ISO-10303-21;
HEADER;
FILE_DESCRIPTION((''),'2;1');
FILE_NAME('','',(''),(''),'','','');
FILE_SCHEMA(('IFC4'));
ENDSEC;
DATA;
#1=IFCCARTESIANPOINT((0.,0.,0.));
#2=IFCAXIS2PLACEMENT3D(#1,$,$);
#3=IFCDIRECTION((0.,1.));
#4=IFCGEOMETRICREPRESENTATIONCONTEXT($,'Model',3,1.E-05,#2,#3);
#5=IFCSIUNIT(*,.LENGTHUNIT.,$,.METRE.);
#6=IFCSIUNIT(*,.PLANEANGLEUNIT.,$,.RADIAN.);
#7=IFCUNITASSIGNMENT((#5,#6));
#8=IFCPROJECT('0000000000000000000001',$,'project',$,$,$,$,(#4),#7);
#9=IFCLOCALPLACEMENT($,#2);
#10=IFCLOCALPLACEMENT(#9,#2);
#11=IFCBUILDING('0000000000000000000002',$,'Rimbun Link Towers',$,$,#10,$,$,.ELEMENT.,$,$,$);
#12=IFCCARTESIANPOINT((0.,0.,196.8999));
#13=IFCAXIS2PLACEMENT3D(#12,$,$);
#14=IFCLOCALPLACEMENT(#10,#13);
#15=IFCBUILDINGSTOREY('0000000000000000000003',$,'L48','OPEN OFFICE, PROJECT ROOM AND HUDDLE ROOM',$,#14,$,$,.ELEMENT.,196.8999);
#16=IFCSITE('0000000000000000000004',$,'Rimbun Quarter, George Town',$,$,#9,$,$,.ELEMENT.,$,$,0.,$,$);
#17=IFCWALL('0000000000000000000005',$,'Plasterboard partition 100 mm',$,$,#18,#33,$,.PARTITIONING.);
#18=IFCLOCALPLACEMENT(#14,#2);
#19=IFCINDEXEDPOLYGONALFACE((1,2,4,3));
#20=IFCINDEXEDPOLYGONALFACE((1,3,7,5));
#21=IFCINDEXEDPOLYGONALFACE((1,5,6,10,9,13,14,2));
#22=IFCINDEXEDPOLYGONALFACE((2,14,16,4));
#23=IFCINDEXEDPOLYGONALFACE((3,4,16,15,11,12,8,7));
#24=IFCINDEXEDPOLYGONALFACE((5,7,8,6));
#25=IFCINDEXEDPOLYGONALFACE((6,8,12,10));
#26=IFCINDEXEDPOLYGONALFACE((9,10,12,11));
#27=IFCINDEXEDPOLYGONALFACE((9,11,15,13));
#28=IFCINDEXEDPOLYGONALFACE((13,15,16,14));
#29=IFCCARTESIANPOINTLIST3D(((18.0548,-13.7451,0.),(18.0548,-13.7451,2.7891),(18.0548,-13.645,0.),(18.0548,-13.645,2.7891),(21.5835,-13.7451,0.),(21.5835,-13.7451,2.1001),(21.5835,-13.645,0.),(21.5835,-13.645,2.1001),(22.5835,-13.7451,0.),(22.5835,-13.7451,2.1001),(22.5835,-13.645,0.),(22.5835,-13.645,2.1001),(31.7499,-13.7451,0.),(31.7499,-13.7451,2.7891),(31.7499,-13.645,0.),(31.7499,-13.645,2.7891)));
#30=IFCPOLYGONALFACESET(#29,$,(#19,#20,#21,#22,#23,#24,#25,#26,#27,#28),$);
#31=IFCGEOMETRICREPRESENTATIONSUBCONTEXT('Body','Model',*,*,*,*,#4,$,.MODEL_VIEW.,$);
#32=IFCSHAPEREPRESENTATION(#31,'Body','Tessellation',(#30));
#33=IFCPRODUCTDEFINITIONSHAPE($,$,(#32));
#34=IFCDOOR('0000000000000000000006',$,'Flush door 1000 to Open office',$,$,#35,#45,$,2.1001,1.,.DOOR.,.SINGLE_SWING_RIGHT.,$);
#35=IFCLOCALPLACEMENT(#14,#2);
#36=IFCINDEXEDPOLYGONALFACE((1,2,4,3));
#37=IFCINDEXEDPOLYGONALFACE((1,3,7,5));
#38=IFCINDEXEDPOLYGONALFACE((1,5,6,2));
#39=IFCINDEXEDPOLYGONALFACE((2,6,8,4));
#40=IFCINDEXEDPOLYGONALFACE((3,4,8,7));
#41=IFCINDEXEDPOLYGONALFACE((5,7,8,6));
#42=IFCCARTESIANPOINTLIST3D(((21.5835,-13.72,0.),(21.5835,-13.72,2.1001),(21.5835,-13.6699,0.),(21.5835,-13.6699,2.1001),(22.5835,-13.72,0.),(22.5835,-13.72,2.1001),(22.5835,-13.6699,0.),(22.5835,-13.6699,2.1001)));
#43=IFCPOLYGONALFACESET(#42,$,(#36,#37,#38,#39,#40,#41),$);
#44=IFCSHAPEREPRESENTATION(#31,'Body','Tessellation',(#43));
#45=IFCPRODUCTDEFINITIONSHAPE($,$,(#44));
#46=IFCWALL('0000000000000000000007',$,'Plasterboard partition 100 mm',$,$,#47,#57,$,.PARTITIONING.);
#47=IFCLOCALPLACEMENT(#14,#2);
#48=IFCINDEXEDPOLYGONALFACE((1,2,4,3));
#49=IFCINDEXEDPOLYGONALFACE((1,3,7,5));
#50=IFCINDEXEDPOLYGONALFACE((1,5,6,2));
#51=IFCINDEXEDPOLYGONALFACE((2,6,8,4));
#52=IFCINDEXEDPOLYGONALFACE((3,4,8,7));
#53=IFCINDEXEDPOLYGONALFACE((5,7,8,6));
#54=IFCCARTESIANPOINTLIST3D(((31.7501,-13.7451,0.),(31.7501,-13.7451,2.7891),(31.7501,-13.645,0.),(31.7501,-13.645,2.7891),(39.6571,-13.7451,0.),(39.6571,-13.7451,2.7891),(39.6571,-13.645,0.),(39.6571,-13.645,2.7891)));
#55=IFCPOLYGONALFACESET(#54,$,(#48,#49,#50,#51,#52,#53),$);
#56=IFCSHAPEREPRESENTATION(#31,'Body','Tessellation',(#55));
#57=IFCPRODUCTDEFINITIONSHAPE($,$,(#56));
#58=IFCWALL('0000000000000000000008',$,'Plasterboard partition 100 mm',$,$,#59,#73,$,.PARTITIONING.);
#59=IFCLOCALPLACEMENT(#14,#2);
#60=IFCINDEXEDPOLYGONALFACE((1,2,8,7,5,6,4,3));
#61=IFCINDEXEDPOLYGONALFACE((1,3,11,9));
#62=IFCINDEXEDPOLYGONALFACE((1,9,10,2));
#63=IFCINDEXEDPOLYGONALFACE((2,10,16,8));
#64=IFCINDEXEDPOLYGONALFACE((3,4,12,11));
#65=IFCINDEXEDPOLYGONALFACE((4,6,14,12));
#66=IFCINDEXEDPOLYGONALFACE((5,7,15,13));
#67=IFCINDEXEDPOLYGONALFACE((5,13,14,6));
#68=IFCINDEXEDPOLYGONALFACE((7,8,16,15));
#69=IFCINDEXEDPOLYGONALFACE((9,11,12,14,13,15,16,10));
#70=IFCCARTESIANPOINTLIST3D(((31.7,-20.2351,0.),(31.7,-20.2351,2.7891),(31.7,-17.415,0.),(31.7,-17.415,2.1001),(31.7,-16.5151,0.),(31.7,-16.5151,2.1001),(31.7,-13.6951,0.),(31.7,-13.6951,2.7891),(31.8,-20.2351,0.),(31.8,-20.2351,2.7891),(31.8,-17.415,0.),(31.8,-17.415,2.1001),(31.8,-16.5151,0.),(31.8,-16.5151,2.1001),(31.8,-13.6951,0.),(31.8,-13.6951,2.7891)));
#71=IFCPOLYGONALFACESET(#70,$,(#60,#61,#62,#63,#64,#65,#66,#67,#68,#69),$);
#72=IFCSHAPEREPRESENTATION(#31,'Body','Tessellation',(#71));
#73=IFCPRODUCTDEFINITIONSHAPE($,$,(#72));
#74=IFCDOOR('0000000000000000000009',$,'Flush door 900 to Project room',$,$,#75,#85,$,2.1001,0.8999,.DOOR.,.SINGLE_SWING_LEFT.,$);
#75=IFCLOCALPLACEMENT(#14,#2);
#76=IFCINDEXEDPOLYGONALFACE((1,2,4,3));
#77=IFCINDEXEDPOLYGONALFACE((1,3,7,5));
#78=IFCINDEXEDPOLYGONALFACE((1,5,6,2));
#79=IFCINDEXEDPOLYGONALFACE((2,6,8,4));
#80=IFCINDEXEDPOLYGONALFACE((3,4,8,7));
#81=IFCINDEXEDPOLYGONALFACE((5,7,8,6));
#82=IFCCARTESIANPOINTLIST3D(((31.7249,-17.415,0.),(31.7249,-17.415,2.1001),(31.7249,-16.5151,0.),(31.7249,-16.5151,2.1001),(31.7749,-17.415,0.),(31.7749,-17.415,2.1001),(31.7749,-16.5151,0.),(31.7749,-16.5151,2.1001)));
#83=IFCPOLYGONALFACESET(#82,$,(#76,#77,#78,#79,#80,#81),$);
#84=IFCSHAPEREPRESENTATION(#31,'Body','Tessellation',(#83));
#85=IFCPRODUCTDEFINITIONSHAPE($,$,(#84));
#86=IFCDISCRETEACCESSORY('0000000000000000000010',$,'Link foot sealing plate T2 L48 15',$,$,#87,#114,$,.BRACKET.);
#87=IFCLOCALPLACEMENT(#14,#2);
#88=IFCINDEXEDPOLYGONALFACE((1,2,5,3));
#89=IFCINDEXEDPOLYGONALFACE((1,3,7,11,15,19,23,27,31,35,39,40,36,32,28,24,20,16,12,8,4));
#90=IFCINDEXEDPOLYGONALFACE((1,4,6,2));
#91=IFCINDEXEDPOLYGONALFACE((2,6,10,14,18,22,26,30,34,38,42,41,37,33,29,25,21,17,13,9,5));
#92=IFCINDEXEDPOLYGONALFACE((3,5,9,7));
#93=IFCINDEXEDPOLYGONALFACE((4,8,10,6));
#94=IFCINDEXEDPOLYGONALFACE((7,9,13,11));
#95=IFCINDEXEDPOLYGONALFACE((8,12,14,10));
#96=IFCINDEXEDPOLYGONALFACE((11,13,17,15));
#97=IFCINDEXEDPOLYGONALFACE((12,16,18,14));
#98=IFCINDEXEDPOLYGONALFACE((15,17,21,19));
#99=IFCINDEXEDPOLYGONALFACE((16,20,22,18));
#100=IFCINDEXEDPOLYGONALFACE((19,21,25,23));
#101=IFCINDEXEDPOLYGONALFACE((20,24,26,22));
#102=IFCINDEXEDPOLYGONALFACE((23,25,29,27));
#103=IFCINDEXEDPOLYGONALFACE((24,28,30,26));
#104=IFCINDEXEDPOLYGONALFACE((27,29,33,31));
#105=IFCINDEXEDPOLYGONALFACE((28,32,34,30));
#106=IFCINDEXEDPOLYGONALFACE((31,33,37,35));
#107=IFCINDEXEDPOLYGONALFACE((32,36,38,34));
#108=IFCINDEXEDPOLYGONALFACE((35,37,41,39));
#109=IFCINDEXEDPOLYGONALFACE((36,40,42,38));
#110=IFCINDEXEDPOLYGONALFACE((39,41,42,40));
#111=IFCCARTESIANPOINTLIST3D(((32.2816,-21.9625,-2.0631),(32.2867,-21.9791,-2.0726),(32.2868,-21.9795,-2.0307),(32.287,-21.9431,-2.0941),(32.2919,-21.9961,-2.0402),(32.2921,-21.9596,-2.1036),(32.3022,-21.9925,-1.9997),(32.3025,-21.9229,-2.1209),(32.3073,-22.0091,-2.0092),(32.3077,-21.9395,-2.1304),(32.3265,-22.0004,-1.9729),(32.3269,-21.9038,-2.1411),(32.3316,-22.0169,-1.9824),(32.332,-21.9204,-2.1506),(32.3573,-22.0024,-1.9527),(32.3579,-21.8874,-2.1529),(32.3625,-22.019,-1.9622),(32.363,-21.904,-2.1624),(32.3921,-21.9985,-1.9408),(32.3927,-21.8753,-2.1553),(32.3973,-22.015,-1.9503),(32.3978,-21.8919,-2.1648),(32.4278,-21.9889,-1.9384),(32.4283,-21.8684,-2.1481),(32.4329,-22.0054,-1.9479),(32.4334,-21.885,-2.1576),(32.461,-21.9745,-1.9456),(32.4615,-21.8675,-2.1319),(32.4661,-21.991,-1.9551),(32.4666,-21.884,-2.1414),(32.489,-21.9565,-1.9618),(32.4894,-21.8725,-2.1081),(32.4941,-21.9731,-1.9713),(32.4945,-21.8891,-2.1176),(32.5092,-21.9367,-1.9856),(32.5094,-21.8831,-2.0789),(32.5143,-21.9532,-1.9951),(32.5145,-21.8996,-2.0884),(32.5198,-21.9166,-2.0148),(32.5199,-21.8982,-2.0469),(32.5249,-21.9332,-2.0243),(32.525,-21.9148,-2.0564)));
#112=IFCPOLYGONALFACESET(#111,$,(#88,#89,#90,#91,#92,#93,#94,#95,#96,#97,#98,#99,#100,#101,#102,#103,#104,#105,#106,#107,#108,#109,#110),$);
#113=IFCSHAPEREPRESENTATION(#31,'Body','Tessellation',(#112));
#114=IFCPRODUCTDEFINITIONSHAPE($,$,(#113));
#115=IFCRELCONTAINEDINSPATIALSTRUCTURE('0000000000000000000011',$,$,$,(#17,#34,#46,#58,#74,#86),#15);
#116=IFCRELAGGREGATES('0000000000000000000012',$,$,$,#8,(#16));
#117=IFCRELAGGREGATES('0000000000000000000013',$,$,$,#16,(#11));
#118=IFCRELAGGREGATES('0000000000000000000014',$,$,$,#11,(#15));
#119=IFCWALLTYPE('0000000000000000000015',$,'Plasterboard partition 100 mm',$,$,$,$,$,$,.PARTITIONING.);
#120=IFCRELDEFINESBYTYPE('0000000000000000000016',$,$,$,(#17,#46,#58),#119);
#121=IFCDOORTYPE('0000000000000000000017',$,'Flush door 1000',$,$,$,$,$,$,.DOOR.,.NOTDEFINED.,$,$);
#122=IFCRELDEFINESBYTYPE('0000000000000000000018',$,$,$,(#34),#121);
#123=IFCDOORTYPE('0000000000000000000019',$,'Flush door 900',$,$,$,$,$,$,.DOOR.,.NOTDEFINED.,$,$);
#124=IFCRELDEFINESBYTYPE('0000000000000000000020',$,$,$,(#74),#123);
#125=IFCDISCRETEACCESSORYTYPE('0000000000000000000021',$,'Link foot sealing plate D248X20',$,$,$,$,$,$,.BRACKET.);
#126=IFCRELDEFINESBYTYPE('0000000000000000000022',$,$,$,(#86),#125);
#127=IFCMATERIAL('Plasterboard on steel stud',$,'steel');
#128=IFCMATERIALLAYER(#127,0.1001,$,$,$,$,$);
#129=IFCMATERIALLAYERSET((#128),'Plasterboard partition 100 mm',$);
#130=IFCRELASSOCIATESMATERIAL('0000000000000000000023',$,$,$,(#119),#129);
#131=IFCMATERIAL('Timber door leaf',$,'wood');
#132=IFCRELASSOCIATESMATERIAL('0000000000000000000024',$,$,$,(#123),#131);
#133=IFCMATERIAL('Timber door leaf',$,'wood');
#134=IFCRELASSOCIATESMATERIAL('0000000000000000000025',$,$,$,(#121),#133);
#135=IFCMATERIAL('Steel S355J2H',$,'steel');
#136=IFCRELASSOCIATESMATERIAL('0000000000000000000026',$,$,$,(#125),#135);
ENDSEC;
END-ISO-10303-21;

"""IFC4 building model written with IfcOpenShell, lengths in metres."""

from ifc_helpers import new_model, si_unit, direction, frame, frame_2d, origin, origin_2d, place, context, subcontext, project, spatial, rectangle, circle, extrude, material, layer, layer_set, material_profile, profile_set, type_object, element, fill, save


model = new_model("IFC4")

# Units and contexts
model_context = context("Model", 3, precision=1e-05, world=origin(), true_north=direction((0.0, 1.0)))
body_context = subcontext(model_context, "Body", "Model", "MODEL_VIEW")
ifc_project = project(units=[si_unit("LENGTHUNIT", "METRE"), si_unit("PLANEANGLEUNIT", "RADIAN")], contexts=[model_context])

# Site, building, storey
site_placement = place(None, origin())
site = spatial("IfcSite", under=ifc_project, at=site_placement, Name="Rimbun Quarter, George Town", CompositionType="ELEMENT", RefElevation=0.0)
building_placement = place(site_placement, origin())
building = spatial("IfcBuilding", under=site, at=building_placement, Name="Rimbun Link Towers", CompositionType="ELEMENT")
storey_placement = place(building_placement, frame((0.0, 0.0, 196.8999)))
storey = spatial("IfcBuildingStorey", under=building, at=storey_placement, Name="L48", Description="OPEN OFFICE, PROJECT ROOM AND HUDDLE ROOM", CompositionType="ELEMENT", Elevation=196.8999)

# Wall, opening, door
ifc_material_1 = material(Name="Plasterboard on steel stud", Category="steel")
ifc_layer_1 = layer(ifc_material_1, 0.1001)
ifc_layer_set_1 = layer_set([ifc_layer_1], Name="Plasterboard partition 100 mm")
wall_type = type_object("IfcWallType", Name="Plasterboard partition 100 mm", PredefinedType="PARTITIONING", material=ifc_layer_set_1)
ifc_material_2 = material(Name="Timber door leaf", Category="wood")
door_type_1 = type_object("IfcDoorType", Name="Flush door 900", OperationType="NOTDEFINED", PredefinedType="DOOR", material=ifc_material_2)
wall_1_placement = place(storey_placement, frame((31.75, -13.6951, 0.0), z_axis=(0.0, 0.0, 1.0), x_axis=(-1.0, 0.0, 0.0)))
wall_1 = element("IfcWall", 1, at=wall_1_placement, inside=storey, type_object=wall_type, Name="Plasterboard partition 100 mm", PredefinedType="PARTITIONING", context=body_context, shape_type="SweptSolid", body=[
    extrude(rectangle(XDim=13.6951, YDim=0.1001, at=frame_2d((6.8477, 0.0))), origin(), (0.0, 0.0, 1.0), 2.7891),
])
opening_1_placement = place(wall_1_placement, frame((9.1665, 0.0, 0.0)))
opening_1 = element("IfcOpeningElement", 2, at=opening_1_placement, cuts=wall_1, PredefinedType="OPENING", context=body_context, shape_type="SweptSolid", body=[
    extrude(rectangle(XDim=1.0, YDim=2.1001, at=frame_2d((0.5, 1.05))), frame((0.0, 0.0601, 0.0), z_axis=(0.0, -1.0, 0.0), x_axis=(1.0, 0.0, 0.0)), (0.0, 0.0, 1.0), 0.1201),
])
ifc_material_3 = material(Name="Timber door leaf", Category="wood")
door_type_2 = type_object("IfcDoorType", Name="Flush door 1000", OperationType="NOTDEFINED", PredefinedType="DOOR", material=ifc_material_3)
door_1_placement = place(opening_1_placement, origin())
door_1 = element("IfcDoor", 3, at=door_1_placement, inside=storey, type_object=door_type_2, Name="Flush door 1000 to Open office", OperationType="SINGLE_SWING_RIGHT", OverallHeight=2.1001, OverallWidth=1.0, PredefinedType="DOOR", context=body_context, shape_type="SweptSolid", body=[
    extrude(rectangle(XDim=1.0, YDim=2.1001, at=frame_2d((0.5, 1.05))), frame((0.0, 0.0249, 0.0), z_axis=(0.0, -1.0, 0.0), x_axis=(1.0, 0.0, 0.0)), (0.0, 0.0, 1.0), 0.05),
])
fill(opening_1, door_1)

# Wall
wall_2_placement = place(storey_placement, frame((31.75, -13.6951, 0.0), z_axis=(0.0, 0.0, 1.0), x_axis=(1.0, 0.0, 0.0)))
element("IfcWall", 4, at=wall_2_placement, inside=storey, type_object=wall_type, Name="Plasterboard partition 100 mm", PredefinedType="PARTITIONING", context=body_context, shape_type="SweptSolid", body=[
    extrude(rectangle(XDim=7.907, YDim=0.1001, at=frame_2d((3.9536, 0.0))), origin(), (0.0, 0.0, 1.0), 2.7891),
])

# Wall, opening, door
wall_3_placement = place(storey_placement, frame((31.75, -13.6951, 0.0), z_axis=(0.0, 0.0, 1.0), x_axis=(0.0, -1.0, 0.0)))
wall_3 = element("IfcWall", 5, at=wall_3_placement, inside=storey, type_object=wall_type, Name="Plasterboard partition 100 mm", PredefinedType="PARTITIONING", context=body_context, shape_type="SweptSolid", body=[
    extrude(rectangle(XDim=6.54, YDim=0.1001, at=frame_2d((3.27, 0.0))), origin(), (0.0, 0.0, 1.0), 2.7891),
])
opening_2_placement = place(wall_3_placement, frame((2.8201, 0.0, 0.0)))
opening_2 = element("IfcOpeningElement", 6, at=opening_2_placement, cuts=wall_3, PredefinedType="OPENING", context=body_context, shape_type="SweptSolid", body=[
    extrude(rectangle(XDim=0.8999, YDim=2.1001, at=frame_2d((0.45, 1.05))), frame((0.0, 0.0601, 0.0), z_axis=(0.0, -1.0, 0.0), x_axis=(1.0, 0.0, 0.0)), (0.0, 0.0, 1.0), 0.1201),
])
door_2_placement = place(opening_2_placement, origin())
door_2 = element("IfcDoor", 7, at=door_2_placement, inside=storey, type_object=door_type_1, Name="Flush door 900 to Project room", OperationType="SINGLE_SWING_LEFT", OverallHeight=2.1001, OverallWidth=0.8999, PredefinedType="DOOR", context=body_context, shape_type="SweptSolid", body=[
    extrude(rectangle(XDim=0.8999, YDim=2.1001, at=frame_2d((0.45, 1.05))), frame((0.0, 0.0249, 0.0), z_axis=(0.0, -1.0, 0.0), x_axis=(1.0, 0.0, 0.0)), (0.0, 0.0, 1.0), 0.05),
])
fill(opening_2, door_2)

# Discrete accessory
ifc_material_4 = material(Name="Steel S355J2H", Category="steel")
ifc_material_profile_1 = material_profile(ifc_material_4, circle(Radius=0.124, at=origin_2d()), Name="PL D248")
ifc_profile_set_1 = profile_set([ifc_material_profile_1], Name="Steel S355J2H")
discrete_accessory_type = type_object("IfcDiscreteAccessoryType", Name="Link foot sealing plate D248X20", PredefinedType="BRACKET", material=ifc_profile_set_1)
discrete_accessory_placement = place(storey_placement, frame((32.4014, -21.9348, -2.0469), z_axis=(0.258767, -0.837911, -0.480567), x_axis=(0.955475, 0.295073, 0.0)))
element("IfcDiscreteAccessory", 8, at=discrete_accessory_placement, inside=storey, type_object=discrete_accessory_type, Name="Link foot sealing plate T2 L48 15", PredefinedType="BRACKET", context=body_context, shape_type="SweptSolid", body=[
    extrude(circle(Radius=0.124, at=origin_2d()), origin(), (0.0, 0.0, 1.0), 0.0198),
])

save(model, "model.ifc")
